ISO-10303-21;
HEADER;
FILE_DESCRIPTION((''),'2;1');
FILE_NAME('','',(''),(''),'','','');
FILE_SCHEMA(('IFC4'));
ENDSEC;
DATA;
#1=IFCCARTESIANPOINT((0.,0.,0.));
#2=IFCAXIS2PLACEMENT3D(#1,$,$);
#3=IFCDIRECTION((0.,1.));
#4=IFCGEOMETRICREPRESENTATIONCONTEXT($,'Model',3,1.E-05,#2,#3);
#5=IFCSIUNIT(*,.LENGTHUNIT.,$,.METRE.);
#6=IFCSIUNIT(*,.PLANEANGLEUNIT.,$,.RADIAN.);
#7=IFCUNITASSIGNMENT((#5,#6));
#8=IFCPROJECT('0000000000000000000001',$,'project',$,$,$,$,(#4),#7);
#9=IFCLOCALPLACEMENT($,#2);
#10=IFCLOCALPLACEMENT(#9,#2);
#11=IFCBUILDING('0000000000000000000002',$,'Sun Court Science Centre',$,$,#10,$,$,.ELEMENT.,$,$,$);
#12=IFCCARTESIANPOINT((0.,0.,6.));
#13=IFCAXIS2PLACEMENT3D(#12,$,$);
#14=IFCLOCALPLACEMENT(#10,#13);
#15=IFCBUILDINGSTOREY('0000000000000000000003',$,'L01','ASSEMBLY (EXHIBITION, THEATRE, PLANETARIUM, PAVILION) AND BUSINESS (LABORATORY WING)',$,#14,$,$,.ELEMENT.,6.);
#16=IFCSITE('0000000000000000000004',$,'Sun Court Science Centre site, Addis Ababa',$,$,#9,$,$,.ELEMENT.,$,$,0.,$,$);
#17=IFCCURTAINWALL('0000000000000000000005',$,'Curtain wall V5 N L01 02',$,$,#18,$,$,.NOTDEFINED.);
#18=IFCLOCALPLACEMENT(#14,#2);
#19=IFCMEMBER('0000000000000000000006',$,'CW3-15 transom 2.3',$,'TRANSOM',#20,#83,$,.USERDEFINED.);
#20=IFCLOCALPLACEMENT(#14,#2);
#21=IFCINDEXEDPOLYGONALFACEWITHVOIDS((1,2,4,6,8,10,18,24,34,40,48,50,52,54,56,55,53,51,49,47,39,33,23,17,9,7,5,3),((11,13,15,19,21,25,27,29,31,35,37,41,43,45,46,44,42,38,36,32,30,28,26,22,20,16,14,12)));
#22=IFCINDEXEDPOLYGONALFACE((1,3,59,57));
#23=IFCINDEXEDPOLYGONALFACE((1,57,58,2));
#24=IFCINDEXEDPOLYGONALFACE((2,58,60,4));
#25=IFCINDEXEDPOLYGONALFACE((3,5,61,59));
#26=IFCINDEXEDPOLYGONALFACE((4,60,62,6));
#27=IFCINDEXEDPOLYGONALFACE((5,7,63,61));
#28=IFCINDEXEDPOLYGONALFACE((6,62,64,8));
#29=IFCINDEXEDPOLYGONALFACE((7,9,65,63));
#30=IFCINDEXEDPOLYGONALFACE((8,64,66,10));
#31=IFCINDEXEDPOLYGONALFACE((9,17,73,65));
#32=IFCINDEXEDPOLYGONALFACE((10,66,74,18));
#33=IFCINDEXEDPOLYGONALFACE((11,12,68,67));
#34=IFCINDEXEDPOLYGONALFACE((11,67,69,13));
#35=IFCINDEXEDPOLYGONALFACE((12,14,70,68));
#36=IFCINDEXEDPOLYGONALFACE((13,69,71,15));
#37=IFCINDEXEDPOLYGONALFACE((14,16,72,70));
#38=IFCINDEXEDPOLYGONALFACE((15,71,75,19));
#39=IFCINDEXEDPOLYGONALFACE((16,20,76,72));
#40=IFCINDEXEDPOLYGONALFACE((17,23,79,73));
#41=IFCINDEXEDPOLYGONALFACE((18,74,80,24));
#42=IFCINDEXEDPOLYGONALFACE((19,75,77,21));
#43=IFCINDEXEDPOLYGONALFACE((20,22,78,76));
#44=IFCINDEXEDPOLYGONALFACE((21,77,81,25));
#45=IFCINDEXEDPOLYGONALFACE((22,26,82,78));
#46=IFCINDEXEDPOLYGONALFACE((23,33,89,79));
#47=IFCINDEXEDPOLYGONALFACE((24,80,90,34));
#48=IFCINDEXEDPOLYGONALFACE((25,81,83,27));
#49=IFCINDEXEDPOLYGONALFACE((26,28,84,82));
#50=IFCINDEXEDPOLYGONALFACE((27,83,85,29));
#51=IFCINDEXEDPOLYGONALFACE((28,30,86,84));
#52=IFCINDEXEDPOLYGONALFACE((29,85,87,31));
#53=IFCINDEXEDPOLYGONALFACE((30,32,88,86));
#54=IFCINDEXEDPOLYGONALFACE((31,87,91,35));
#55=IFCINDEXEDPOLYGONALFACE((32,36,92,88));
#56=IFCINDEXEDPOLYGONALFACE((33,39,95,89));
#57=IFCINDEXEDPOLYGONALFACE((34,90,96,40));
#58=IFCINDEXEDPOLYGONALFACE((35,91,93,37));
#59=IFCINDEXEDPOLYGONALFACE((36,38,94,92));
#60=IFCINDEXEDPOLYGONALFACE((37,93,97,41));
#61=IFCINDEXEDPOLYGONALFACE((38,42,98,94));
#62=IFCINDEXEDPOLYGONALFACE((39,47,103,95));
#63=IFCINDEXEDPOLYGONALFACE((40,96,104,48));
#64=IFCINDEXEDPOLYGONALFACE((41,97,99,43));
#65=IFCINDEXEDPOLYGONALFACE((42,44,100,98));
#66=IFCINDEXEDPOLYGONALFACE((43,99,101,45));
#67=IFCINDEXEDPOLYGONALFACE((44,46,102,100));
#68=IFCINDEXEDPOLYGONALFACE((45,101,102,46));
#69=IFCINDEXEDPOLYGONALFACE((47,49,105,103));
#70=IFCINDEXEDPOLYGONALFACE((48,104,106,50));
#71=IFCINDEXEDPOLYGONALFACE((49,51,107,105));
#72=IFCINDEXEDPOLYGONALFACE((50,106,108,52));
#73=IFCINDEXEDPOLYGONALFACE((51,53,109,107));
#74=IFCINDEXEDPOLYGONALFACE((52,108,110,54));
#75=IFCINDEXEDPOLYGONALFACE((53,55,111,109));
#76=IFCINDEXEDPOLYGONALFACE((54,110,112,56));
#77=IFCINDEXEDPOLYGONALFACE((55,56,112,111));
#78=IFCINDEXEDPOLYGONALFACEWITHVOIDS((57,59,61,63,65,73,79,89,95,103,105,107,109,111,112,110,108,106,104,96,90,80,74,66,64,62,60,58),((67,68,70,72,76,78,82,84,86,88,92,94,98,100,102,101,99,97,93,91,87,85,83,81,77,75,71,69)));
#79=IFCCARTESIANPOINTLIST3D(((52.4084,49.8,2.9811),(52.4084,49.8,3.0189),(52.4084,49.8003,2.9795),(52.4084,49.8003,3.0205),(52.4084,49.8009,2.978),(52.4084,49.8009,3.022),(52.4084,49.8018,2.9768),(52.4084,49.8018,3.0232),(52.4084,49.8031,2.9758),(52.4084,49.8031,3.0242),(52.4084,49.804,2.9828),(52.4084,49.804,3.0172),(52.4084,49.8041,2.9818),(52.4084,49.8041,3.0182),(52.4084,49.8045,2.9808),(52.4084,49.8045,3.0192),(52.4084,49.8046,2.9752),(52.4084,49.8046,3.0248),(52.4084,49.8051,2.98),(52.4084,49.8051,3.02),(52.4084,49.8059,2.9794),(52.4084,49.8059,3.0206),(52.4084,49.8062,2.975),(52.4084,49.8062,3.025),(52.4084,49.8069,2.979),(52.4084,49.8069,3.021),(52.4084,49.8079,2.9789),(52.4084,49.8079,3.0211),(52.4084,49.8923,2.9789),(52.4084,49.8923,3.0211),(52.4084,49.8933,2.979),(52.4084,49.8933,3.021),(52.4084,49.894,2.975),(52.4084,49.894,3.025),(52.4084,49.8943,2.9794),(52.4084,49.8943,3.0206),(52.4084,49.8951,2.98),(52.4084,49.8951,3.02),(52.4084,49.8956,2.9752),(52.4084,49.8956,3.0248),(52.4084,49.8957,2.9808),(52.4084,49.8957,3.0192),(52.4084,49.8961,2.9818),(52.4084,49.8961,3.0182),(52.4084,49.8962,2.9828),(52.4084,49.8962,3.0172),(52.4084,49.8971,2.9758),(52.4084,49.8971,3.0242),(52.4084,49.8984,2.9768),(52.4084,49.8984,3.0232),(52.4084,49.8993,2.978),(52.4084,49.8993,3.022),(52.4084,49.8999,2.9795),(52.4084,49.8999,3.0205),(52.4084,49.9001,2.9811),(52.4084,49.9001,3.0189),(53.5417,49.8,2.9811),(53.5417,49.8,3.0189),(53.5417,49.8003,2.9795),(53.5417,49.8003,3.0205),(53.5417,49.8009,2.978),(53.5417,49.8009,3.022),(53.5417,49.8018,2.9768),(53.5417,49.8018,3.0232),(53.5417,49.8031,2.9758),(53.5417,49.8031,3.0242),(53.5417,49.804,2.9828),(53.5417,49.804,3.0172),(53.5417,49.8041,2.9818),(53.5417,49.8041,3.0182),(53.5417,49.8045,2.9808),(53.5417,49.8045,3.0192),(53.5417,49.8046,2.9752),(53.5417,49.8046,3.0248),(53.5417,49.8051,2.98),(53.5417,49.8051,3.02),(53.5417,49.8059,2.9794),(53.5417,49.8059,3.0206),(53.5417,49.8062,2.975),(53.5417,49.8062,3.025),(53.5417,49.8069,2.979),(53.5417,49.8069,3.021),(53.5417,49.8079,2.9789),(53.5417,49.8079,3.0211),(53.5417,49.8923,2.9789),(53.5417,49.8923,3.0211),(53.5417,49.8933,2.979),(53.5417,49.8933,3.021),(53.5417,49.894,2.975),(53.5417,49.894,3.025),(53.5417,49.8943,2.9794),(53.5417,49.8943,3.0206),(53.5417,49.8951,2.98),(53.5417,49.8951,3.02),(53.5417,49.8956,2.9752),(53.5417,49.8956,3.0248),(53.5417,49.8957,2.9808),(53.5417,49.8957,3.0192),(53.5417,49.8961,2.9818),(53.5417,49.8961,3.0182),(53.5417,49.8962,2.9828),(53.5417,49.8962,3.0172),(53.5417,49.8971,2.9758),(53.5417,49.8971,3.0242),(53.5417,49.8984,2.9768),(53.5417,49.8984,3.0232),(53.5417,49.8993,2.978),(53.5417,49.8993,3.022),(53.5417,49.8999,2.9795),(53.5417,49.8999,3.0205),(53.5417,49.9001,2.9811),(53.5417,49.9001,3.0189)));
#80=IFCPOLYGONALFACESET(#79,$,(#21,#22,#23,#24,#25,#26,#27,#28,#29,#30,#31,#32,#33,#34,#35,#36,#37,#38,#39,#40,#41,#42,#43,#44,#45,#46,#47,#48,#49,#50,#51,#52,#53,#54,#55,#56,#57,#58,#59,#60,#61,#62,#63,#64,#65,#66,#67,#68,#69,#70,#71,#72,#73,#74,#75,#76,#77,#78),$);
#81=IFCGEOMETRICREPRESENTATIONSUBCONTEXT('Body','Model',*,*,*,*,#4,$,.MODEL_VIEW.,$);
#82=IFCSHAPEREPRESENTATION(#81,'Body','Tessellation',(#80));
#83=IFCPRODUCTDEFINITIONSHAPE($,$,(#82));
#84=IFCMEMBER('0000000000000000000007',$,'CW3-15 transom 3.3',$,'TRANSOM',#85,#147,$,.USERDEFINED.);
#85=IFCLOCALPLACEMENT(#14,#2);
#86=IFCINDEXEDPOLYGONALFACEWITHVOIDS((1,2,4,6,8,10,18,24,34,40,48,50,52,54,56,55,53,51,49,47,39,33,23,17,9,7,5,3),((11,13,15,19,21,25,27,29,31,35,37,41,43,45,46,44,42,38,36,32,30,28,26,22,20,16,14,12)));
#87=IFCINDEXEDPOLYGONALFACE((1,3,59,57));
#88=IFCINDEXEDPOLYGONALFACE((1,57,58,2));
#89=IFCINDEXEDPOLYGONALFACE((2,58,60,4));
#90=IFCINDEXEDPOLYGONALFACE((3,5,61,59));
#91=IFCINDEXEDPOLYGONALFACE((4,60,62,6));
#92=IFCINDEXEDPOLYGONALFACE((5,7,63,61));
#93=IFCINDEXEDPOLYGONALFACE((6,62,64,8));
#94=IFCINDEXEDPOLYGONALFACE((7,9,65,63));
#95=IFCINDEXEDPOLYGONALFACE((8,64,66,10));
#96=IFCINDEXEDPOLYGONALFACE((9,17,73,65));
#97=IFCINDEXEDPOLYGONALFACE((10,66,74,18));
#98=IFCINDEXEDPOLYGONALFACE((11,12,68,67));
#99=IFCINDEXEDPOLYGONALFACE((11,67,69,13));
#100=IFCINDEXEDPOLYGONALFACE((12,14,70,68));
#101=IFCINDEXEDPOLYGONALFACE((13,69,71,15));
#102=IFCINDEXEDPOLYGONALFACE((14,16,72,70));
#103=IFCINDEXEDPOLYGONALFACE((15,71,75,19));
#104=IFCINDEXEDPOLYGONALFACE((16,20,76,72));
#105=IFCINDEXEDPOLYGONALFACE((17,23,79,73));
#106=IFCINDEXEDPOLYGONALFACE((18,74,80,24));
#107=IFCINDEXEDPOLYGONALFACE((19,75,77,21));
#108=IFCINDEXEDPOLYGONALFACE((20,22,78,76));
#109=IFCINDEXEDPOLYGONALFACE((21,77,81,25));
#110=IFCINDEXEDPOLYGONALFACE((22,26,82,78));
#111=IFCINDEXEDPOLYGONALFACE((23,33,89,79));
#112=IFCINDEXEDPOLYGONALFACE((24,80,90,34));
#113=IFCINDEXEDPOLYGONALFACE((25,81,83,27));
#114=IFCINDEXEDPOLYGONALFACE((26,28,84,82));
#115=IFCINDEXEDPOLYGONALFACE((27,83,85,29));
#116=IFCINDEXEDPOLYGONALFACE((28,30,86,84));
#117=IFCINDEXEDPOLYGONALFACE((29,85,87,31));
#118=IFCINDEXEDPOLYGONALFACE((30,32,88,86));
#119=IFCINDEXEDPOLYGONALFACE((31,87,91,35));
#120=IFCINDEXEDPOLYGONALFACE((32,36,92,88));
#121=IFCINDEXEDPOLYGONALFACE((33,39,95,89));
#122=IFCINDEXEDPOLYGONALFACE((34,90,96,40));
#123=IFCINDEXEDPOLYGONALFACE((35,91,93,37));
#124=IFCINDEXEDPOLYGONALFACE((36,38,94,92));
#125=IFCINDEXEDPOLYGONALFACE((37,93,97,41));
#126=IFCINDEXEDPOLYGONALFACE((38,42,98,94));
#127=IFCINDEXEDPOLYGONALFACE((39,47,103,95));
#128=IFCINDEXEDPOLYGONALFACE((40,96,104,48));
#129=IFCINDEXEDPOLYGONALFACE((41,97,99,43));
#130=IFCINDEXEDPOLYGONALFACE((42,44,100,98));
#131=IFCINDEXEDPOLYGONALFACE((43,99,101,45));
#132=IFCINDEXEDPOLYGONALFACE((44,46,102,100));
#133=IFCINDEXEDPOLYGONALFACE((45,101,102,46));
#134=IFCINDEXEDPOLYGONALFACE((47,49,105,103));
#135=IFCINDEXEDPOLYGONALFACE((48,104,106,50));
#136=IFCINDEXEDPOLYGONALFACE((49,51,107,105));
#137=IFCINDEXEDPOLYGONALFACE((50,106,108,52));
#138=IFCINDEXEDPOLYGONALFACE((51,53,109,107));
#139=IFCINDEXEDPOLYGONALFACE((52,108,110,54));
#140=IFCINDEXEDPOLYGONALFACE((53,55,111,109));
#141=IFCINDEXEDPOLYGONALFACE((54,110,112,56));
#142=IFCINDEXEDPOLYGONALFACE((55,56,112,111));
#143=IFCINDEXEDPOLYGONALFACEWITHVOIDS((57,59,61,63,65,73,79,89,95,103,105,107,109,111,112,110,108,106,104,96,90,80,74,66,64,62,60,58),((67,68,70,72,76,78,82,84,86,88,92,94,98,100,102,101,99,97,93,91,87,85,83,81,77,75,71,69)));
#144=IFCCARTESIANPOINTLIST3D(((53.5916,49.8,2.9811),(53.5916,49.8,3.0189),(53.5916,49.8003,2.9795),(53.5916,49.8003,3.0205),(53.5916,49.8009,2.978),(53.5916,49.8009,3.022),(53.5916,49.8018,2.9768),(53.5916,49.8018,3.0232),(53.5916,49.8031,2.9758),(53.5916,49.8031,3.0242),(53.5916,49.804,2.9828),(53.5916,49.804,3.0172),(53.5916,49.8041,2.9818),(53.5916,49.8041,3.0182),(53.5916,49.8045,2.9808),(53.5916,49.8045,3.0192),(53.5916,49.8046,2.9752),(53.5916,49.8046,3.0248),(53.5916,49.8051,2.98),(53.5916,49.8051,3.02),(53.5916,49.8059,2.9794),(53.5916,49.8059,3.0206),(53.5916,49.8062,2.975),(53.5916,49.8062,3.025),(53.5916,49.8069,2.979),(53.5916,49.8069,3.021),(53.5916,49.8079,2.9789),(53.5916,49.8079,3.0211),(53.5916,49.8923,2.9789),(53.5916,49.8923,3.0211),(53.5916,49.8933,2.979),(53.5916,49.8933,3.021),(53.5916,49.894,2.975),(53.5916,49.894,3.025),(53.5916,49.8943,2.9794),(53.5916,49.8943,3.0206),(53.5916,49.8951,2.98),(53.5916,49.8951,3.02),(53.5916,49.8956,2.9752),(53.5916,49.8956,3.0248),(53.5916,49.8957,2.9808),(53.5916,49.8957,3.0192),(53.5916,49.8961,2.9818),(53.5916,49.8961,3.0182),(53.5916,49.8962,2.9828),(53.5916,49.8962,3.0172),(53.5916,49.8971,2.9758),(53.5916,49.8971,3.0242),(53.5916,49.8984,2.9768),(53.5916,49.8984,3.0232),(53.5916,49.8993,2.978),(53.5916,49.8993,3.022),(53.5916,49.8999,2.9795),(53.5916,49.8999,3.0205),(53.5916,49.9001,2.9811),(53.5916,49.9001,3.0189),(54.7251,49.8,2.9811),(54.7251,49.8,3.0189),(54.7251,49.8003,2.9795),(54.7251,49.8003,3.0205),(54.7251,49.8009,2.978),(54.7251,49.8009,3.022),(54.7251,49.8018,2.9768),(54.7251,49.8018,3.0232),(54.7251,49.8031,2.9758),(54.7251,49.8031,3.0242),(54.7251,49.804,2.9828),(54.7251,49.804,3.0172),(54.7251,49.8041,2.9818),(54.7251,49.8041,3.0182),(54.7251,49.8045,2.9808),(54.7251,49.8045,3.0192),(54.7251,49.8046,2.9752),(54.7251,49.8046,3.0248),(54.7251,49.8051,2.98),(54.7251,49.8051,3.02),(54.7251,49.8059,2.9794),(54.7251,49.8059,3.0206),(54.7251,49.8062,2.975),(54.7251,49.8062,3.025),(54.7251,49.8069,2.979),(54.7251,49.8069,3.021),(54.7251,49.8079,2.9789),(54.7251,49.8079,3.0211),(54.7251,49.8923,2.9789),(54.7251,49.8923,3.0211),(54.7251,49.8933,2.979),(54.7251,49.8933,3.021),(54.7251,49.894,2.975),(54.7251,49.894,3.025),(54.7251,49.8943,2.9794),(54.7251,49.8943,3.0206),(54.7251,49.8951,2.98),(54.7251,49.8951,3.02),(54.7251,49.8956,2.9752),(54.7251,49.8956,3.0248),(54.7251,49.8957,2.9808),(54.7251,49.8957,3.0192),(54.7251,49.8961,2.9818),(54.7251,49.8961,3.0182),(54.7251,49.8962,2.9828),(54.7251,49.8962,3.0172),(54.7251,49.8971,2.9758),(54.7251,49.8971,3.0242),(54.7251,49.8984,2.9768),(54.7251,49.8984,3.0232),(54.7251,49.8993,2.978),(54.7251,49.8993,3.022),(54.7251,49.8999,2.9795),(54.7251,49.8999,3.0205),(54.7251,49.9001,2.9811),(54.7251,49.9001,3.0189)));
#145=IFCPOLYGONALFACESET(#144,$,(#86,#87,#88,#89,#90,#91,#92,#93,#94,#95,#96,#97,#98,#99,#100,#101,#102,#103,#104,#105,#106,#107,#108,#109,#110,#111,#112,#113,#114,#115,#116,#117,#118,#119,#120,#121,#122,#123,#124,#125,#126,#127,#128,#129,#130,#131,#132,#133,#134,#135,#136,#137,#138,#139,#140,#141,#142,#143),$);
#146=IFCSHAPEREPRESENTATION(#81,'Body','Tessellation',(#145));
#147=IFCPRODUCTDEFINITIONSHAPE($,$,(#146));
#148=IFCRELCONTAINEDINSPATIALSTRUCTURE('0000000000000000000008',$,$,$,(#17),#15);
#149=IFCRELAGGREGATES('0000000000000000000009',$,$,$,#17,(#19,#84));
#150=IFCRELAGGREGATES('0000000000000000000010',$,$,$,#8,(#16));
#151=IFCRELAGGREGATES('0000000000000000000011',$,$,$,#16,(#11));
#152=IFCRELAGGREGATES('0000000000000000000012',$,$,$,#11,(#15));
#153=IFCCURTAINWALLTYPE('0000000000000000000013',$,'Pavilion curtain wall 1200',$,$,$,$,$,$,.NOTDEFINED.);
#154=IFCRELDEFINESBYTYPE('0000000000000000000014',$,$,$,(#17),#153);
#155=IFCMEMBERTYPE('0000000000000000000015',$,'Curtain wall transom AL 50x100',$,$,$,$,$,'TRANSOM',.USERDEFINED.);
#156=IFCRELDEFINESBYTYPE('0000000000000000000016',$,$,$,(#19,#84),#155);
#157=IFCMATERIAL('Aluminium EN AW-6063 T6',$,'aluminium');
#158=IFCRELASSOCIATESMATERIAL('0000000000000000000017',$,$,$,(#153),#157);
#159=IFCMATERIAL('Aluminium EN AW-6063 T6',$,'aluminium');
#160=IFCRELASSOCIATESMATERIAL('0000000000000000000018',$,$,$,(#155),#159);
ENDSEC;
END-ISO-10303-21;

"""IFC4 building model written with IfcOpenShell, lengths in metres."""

from ifc_helpers import new_model, si_unit, direction, frame, origin, origin_2d, place, context, subcontext, project, spatial, hollow_rectangle, extrude, material, material_profile, profile_set, type_object, element, aggregate, save


model = new_model("IFC4")

# Units and contexts
model_context = context("Model", 3, precision=1e-05, world=origin(), true_north=direction((0.0, 1.0)))
body_context = subcontext(model_context, "Body", "Model", "MODEL_VIEW")
ifc_project = project(units=[si_unit("LENGTHUNIT", "METRE"), si_unit("PLANEANGLEUNIT", "RADIAN")], contexts=[model_context])

# Site, building, storey
site_placement = place(None, origin())
site = spatial("IfcSite", under=ifc_project, at=site_placement, Name="Sun Court Science Centre site, Addis Ababa", CompositionType="ELEMENT", RefElevation=0.0)
building_placement = place(site_placement, origin())
building = spatial("IfcBuilding", under=site, at=building_placement, Name="Sun Court Science Centre", CompositionType="ELEMENT")
storey_placement = place(building_placement, frame((0.0, 0.0, 6.0)))
storey = spatial("IfcBuildingStorey", under=building, at=storey_placement, Name="L01", Description="ASSEMBLY (EXHIBITION, THEATRE, PLANETARIUM, PAVILION) AND BUSINESS (LABORATORY WING)", CompositionType="ELEMENT", Elevation=6.0)

# Curtain wall, members
ifc_material_1 = material(Name="Aluminium EN AW-6063 T6", Category="aluminium")
curtain_wall_type = type_object("IfcCurtainWallType", Name="Pavilion curtain wall 1200", PredefinedType="NOTDEFINED", material=ifc_material_1)
curtain_wall_placement = place(storey_placement, origin())
curtain_wall = element("IfcCurtainWall", 1, at=curtain_wall_placement, inside=storey, type_object=curtain_wall_type, Name="Curtain wall V5 N L01 02", PredefinedType="NOTDEFINED")
ifc_material_2 = material(Name="Aluminium EN AW-6063 T6", Category="aluminium")
ifc_material_profile_1 = material_profile(ifc_material_2, hollow_rectangle(XDim=0.05, YDim=0.1001, WallThickness=0.0039, InnerFilletRadius=0.0039, OuterFilletRadius=0.0061, at=origin_2d()), Name="AL 50x100x4")
ifc_profile_set_1 = profile_set([ifc_material_profile_1], Name="Aluminium EN AW-6063 T6")
member_type_1 = type_object("IfcMemberType", Name="Curtain wall transom AL 50x100", ElementType="TRANSOM", PredefinedType="USERDEFINED", material=ifc_profile_set_1)
member_1_placement = place(storey_placement, frame((52.4084, 49.8501, 3.0), z_axis=(1.0, 0.0, 0.0), x_axis=(0.0, 0.0, 1.0)))
member_1 = element("IfcMember", 2, at=member_1_placement, type_object=member_type_1, Name="CW3-15 transom 2.3", ObjectType="TRANSOM", PredefinedType="USERDEFINED", context=body_context, shape_type="SweptSolid", body=[
    extrude(hollow_rectangle(XDim=0.05, YDim=0.1001, WallThickness=0.0039, InnerFilletRadius=0.0039, OuterFilletRadius=0.0061, at=origin_2d()), origin(), (0.0, 0.0, 1.0), 1.1333),
])
member_2_placement = place(storey_placement, frame((53.5916, 49.8501, 3.0), z_axis=(1.0, 0.0, 0.0), x_axis=(0.0, 0.0, 1.0)))
member_2 = element("IfcMember", 3, at=member_2_placement, type_object=member_type_1, Name="CW3-15 transom 3.3", ObjectType="TRANSOM", PredefinedType="USERDEFINED", context=body_context, shape_type="SweptSolid", body=[
    extrude(hollow_rectangle(XDim=0.05, YDim=0.1001, WallThickness=0.0039, InnerFilletRadius=0.0039, OuterFilletRadius=0.0061, at=origin_2d()), origin(), (0.0, 0.0, 1.0), 1.1335),
])
aggregate(curtain_wall, [member_1, member_2])

save(model, "model.ifc")
